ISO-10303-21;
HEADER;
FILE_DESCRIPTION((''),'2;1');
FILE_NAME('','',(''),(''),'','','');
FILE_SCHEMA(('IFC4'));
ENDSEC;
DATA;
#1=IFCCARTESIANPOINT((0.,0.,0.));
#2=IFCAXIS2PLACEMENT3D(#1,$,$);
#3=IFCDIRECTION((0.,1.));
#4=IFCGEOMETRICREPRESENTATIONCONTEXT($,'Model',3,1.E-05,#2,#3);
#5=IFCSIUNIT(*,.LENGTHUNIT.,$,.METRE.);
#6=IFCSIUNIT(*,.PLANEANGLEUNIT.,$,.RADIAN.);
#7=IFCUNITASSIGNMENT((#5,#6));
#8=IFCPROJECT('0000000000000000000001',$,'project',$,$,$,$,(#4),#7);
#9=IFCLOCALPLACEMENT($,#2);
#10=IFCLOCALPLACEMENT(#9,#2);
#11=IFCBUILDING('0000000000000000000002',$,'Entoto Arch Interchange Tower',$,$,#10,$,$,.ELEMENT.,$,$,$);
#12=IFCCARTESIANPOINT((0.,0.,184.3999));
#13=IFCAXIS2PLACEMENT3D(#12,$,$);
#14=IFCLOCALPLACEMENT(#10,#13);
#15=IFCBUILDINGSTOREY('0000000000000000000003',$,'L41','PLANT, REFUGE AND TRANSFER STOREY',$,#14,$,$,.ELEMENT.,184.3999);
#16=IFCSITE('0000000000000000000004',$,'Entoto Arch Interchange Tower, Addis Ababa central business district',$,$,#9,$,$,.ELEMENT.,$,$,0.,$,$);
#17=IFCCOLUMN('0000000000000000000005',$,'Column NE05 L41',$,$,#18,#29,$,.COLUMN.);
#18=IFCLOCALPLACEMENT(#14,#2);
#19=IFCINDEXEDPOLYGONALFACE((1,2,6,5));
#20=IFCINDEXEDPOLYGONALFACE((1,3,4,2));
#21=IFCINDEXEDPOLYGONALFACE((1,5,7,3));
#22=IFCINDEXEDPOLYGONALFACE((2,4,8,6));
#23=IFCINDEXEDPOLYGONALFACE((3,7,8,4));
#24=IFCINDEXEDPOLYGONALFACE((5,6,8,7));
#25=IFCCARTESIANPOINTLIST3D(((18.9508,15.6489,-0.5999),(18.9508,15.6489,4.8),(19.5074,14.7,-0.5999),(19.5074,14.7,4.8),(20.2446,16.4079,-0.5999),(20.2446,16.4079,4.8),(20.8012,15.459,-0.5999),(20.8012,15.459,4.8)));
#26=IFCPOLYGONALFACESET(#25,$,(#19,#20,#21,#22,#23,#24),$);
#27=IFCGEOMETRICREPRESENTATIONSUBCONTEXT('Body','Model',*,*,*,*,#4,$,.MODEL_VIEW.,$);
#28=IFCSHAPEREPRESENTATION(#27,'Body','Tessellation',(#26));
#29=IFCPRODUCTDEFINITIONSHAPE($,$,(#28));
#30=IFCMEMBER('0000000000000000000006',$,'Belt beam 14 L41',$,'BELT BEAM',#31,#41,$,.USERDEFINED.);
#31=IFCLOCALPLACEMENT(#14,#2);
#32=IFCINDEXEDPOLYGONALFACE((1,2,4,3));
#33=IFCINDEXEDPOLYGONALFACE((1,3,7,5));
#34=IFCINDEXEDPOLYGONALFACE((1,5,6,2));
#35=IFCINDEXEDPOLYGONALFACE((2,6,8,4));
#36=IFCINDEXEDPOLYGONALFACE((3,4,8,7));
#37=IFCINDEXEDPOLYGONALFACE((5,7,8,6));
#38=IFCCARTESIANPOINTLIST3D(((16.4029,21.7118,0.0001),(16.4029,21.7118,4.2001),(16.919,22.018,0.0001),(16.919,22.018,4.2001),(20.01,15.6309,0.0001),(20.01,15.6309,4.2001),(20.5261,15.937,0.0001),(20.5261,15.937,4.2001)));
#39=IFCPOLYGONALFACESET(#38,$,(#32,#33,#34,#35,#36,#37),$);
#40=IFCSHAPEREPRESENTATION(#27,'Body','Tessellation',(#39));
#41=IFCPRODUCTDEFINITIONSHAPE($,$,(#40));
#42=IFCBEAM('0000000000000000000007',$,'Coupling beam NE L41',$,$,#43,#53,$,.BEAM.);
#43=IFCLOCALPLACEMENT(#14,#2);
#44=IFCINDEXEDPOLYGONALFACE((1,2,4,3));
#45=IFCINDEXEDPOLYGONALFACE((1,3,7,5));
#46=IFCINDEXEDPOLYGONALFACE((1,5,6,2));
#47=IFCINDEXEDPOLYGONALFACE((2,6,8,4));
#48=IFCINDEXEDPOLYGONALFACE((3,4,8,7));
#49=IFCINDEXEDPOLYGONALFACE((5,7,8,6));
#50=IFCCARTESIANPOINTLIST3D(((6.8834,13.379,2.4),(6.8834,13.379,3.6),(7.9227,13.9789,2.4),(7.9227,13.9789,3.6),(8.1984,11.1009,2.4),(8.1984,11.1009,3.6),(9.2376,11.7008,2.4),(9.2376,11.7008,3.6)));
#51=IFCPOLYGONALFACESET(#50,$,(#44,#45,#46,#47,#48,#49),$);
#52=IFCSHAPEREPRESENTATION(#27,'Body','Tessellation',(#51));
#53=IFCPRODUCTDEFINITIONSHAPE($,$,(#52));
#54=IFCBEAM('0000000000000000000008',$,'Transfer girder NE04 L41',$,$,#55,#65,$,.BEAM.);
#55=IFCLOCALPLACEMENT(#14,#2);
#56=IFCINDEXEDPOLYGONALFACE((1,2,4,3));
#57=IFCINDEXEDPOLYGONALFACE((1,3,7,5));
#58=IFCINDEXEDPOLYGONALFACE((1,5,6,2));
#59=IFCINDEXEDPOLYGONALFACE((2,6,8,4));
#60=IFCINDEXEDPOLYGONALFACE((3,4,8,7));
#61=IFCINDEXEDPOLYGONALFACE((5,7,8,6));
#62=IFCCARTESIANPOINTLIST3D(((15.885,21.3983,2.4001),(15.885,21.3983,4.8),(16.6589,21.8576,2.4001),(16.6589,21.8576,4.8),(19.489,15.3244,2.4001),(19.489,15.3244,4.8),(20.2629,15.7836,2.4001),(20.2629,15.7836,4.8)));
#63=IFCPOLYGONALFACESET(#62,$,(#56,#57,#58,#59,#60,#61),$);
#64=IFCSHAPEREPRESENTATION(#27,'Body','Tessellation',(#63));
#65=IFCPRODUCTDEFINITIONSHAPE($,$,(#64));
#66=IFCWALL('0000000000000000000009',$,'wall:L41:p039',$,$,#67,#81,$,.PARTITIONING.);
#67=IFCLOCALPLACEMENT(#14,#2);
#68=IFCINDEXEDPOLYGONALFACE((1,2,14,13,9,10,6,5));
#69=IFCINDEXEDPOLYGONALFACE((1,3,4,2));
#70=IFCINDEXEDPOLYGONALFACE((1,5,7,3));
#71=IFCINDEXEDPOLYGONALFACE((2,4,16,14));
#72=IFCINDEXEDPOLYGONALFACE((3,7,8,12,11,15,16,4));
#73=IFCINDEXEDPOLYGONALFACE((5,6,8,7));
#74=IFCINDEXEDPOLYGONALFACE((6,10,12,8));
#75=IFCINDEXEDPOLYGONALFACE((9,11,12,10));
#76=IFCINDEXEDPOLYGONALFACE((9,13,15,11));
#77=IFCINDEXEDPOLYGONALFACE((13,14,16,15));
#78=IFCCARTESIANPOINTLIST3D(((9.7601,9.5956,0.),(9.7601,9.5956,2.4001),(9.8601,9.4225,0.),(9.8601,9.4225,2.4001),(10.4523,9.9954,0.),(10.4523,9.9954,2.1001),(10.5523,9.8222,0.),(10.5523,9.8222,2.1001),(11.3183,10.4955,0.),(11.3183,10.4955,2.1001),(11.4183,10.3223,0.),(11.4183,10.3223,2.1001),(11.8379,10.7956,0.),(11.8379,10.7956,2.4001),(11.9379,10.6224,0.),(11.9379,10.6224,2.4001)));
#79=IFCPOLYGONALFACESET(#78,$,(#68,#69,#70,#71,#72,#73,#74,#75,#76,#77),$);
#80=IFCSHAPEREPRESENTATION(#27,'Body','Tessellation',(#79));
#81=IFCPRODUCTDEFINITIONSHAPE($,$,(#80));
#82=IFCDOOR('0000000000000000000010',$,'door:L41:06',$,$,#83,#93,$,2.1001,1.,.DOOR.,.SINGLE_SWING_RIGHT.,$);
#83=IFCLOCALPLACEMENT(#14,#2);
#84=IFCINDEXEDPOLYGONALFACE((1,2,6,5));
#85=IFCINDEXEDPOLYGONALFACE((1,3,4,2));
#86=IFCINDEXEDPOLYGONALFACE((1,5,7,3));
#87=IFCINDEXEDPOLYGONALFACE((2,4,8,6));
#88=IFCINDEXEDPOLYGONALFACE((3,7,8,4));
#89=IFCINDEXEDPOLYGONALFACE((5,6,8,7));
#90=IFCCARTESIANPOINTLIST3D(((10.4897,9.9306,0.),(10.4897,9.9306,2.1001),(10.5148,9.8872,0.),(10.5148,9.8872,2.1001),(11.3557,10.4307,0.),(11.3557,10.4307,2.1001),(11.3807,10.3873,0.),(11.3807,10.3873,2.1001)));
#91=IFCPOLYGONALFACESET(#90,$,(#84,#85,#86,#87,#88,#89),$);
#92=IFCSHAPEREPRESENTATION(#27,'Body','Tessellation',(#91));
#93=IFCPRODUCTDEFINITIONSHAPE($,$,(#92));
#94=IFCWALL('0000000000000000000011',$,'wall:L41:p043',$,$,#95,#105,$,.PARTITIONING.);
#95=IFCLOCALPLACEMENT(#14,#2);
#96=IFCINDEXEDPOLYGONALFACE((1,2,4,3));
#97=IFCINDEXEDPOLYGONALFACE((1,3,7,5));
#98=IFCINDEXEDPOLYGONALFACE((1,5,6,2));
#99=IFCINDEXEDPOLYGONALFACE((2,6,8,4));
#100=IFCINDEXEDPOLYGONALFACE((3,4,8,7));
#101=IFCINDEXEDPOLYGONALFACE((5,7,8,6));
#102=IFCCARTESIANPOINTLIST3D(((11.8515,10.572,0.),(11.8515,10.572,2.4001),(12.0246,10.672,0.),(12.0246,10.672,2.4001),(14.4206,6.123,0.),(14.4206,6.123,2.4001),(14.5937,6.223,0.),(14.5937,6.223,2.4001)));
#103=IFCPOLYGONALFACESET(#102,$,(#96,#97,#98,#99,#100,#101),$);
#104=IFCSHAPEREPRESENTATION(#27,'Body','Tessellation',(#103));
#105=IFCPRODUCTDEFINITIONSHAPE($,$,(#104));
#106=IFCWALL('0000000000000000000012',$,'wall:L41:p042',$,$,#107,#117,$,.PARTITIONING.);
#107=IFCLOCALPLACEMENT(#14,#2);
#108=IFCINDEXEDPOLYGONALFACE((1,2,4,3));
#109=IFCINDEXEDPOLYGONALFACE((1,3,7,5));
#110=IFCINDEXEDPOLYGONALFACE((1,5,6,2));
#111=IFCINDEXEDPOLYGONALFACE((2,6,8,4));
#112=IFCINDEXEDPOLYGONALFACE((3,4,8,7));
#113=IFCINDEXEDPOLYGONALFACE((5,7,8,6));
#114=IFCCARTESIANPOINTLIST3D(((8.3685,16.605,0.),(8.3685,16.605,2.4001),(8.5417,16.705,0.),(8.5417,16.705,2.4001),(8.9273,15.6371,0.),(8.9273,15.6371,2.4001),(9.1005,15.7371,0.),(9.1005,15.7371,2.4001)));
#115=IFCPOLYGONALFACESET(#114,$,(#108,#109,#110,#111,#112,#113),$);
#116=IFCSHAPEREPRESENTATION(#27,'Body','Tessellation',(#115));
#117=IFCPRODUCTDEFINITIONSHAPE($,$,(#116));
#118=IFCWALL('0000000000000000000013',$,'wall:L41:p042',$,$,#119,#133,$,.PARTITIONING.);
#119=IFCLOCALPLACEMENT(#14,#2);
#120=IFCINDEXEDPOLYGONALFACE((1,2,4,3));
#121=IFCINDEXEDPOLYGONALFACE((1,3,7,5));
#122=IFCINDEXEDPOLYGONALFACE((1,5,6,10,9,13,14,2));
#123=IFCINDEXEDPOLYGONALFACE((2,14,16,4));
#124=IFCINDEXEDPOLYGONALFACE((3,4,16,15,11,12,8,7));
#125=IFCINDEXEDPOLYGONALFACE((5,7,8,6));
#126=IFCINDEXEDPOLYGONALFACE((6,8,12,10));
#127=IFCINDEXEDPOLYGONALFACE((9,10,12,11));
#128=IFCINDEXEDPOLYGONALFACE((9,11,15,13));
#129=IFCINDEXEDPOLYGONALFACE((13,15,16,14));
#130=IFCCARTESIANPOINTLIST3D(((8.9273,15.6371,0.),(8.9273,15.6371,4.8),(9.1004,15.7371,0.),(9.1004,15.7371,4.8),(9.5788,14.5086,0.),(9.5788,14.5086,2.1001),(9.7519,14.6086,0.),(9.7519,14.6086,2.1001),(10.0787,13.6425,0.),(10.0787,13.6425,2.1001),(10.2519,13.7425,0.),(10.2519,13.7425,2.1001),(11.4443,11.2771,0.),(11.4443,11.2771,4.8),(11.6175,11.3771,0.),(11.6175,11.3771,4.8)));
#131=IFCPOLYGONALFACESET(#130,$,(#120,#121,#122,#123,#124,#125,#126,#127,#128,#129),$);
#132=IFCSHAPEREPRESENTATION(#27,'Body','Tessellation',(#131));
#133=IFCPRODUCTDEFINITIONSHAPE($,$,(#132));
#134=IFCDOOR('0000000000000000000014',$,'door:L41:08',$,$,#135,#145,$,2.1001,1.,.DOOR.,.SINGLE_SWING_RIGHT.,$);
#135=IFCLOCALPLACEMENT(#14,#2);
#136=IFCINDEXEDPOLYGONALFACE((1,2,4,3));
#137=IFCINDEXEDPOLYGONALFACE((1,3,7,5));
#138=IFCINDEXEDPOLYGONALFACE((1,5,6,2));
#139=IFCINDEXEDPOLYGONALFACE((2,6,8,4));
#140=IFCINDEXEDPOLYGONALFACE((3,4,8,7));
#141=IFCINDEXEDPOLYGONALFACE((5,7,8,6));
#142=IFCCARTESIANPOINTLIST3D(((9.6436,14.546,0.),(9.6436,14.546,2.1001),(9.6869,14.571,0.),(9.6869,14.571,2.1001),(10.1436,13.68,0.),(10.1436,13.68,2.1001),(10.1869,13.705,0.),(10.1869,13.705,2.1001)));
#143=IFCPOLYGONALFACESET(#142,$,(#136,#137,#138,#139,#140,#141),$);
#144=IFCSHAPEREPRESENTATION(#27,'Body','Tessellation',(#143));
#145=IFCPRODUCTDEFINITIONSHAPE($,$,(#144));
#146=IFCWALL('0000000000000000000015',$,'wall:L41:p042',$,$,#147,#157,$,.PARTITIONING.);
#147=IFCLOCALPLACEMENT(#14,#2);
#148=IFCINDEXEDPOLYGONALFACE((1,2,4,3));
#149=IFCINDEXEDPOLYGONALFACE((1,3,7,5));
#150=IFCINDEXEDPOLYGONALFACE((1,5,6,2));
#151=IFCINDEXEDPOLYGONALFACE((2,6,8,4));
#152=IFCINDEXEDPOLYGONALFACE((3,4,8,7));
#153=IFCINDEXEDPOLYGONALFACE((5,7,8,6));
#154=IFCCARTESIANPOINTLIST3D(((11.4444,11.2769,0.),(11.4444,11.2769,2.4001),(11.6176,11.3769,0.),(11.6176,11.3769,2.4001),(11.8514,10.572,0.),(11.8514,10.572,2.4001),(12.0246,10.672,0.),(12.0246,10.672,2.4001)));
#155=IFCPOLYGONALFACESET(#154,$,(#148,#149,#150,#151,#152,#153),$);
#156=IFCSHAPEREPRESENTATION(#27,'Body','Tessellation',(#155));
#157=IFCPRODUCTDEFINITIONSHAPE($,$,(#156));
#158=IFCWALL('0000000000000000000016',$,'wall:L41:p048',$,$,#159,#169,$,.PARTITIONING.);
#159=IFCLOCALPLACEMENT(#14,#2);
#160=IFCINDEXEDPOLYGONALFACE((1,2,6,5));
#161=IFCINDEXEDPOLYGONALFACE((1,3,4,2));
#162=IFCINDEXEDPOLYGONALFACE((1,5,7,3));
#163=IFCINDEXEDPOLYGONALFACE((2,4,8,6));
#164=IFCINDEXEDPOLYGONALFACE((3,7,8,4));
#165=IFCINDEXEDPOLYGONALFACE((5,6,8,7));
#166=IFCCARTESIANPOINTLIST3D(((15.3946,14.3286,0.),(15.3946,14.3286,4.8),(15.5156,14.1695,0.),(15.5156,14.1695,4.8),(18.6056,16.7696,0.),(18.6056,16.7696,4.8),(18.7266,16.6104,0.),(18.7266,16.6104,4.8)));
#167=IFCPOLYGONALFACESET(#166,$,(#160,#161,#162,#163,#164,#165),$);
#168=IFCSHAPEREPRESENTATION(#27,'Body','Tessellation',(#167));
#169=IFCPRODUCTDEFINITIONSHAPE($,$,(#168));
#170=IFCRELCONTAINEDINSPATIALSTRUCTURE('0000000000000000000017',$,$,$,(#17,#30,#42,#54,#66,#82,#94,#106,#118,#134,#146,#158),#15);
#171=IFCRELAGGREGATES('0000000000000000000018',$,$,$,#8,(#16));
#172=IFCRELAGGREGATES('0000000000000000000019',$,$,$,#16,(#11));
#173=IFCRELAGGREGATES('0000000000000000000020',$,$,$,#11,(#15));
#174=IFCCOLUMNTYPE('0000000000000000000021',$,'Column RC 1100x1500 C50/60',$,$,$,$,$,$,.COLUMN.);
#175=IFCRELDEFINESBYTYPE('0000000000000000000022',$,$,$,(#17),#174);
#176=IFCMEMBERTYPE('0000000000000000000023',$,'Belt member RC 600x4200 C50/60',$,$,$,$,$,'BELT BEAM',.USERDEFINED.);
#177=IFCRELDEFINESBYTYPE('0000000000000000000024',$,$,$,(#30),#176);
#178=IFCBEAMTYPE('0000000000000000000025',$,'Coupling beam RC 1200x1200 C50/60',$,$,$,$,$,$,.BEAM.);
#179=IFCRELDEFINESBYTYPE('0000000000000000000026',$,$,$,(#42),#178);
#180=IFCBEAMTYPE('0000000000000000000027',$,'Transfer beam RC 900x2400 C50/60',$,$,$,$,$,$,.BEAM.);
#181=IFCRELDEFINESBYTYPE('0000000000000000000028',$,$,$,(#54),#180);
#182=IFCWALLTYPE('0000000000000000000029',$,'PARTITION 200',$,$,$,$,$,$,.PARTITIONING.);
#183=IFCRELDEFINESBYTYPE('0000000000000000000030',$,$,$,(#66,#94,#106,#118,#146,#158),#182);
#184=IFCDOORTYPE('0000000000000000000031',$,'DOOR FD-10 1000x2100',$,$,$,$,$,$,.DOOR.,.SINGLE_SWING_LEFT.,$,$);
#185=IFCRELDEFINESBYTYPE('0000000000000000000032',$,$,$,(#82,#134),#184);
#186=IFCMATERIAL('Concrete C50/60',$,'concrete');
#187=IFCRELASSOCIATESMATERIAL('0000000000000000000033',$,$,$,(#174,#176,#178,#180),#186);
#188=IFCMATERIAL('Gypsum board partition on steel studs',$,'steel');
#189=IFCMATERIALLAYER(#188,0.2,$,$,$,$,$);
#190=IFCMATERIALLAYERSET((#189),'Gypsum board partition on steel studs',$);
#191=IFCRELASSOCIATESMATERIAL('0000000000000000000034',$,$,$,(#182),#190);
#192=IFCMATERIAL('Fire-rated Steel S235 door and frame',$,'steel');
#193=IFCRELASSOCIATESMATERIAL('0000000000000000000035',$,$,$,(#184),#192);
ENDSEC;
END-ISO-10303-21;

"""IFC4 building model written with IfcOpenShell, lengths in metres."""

from ifc_helpers import new_model, si_unit, direction, frame, frame_2d, origin, origin_2d, place, context, subcontext, project, spatial, rectangle, extrude, material, layer, layer_set, material_profile, profile_set, type_object, element, fill, save


model = new_model("IFC4")

# Units and contexts
model_context = context("Model", 3, precision=1e-05, world=origin(), true_north=direction((0.0, 1.0)))
body_context = subcontext(model_context, "Body", "Model", "MODEL_VIEW")
ifc_project = project(units=[si_unit("LENGTHUNIT", "METRE"), si_unit("PLANEANGLEUNIT", "RADIAN")], contexts=[model_context])

# Site, building, storey
site_placement = place(None, origin())
site = spatial("IfcSite", under=ifc_project, at=site_placement, Name="Entoto Arch Interchange Tower, Addis Ababa central business district", CompositionType="ELEMENT", RefElevation=0.0)
building_placement = place(site_placement, origin())
building = spatial("IfcBuilding", under=site, at=building_placement, Name="Entoto Arch Interchange Tower", CompositionType="ELEMENT")
storey_placement = place(building_placement, frame((0.0, 0.0, 184.3999)))
storey = spatial("IfcBuildingStorey", under=building, at=storey_placement, Name="L41", Description="PLANT, REFUGE AND TRANSFER STOREY", CompositionType="ELEMENT", Elevation=184.3999)

# Column
ifc_material_1 = material(Name="Concrete C50/60", Category="concrete")
ifc_material_profile_1 = material_profile(ifc_material_1, rectangle(XDim=1.1001, YDim=1.5, at=origin_2d()))
ifc_profile_set_1 = profile_set([ifc_material_profile_1], Name="Concrete C50/60")
column_type = type_object("IfcColumnType", Name="Column RC 1100x1500 C50/60", PredefinedType="COLUMN", material=ifc_profile_set_1)
column_placement = place(storey_placement, frame((19.876, 15.554, -0.5999), z_axis=(0.0, 0.0, 1.0), x_axis=(-0.505958, 0.862558, 0.0)))
element("IfcColumn", 1, at=column_placement, inside=storey, type_object=column_type, Name="Column NE05 L41", PredefinedType="COLUMN", context=body_context, shape_type="SweptSolid", body=[
    extrude(rectangle(XDim=1.1001, YDim=1.5, at=origin_2d()), origin(), (0.0, 0.0, 1.0), 5.3999),
])

# Member
ifc_material_profile_2 = material_profile(ifc_material_1, rectangle(XDim=0.6001, YDim=4.2, at=origin_2d()))
ifc_profile_set_2 = profile_set([ifc_material_profile_2], Name="Concrete C50/60")
member_type = type_object("IfcMemberType", Name="Belt member RC 600x4200 C50/60", ElementType="BELT BEAM", PredefinedType="USERDEFINED", material=ifc_profile_set_2)
member_placement = place(storey_placement, frame((20.2681, 15.7839, 2.1001), z_axis=(-0.510178, 0.860069, 0.0), x_axis=(-0.860069, -0.510178, 0.0)))
element("IfcMember", 2, at=member_placement, inside=storey, type_object=member_type, Name="Belt beam 14 L41", ObjectType="BELT BEAM", PredefinedType="USERDEFINED", context=body_context, shape_type="SweptSolid", body=[
    extrude(rectangle(XDim=0.6001, YDim=4.2, at=origin_2d()), origin(), (0.0, 0.0, 1.0), 7.0703),
])

# Beams
ifc_material_profile_3 = material_profile(ifc_material_1, rectangle(XDim=1.2, YDim=1.2, at=origin_2d()))
ifc_profile_set_3 = profile_set([ifc_material_profile_3], Name="Concrete C50/60")
beam_type_1 = type_object("IfcBeamType", Name="Coupling beam RC 1200x1200 C50/60", PredefinedType="BEAM", material=ifc_profile_set_3)
beam_1_placement = place(storey_placement, frame((8.718, 11.4009, 3.0), z_axis=(-0.499913, 0.866076, 0.0), x_axis=(-0.866076, -0.499913, 0.0)))
element("IfcBeam", 3, at=beam_1_placement, inside=storey, type_object=beam_type_1, Name="Coupling beam NE L41", PredefinedType="BEAM", context=body_context, shape_type="SweptSolid", body=[
    extrude(rectangle(XDim=1.2, YDim=1.2, at=origin_2d()), origin(), (0.0, 0.0, 1.0), 2.6304),
])
ifc_material_profile_4 = material_profile(ifc_material_1, rectangle(XDim=0.8999, YDim=2.3999, at=origin_2d()))
ifc_profile_set_4 = profile_set([ifc_material_profile_4], Name="Concrete C50/60")
beam_type_2 = type_object("IfcBeamType", Name="Transfer beam RC 900x2400 C50/60", PredefinedType="BEAM", material=ifc_profile_set_4)
beam_2_placement = place(storey_placement, frame((19.876, 15.554, 3.6001), z_axis=(-0.510286, 0.860005, 0.0), x_axis=(-0.860005, -0.510286, 0.0)))
element("IfcBeam", 4, at=beam_2_placement, inside=storey, type_object=beam_type_2, Name="Transfer girder NE04 L41", PredefinedType="BEAM", context=body_context, shape_type="SweptSolid", body=[
    extrude(rectangle(XDim=0.8999, YDim=2.3999, at=origin_2d()), origin(), (0.0, 0.0, 1.0), 7.0627),
])

# Wall, opening, door
ifc_material_2 = material(Name="Gypsum board partition on steel studs", Category="steel")
ifc_layer_1 = layer(ifc_material_2, 0.2)
ifc_layer_set_1 = layer_set([ifc_layer_1], Name="Gypsum board partition on steel studs")
wall_type_1 = type_object("IfcWallType", Name="PARTITION 200", PredefinedType="PARTITIONING", material=ifc_layer_set_1)
wall_1_placement = place(storey_placement, frame((11.8879, 10.709, 0.0), z_axis=(0.0, 0.0, 1.0), x_axis=(-0.865974, -0.500089, 0.0)))
wall_1 = element("IfcWall", 5, at=wall_1_placement, inside=storey, type_object=wall_type_1, Name="wall:L41:p039", PredefinedType="PARTITIONING", context=body_context, shape_type="SweptSolid", body=[
    extrude(rectangle(XDim=2.3994, YDim=0.2, at=frame_2d((1.1997, 0.0))), origin(), (0.0, 0.0, 1.0), 2.4001),
])
opening_1_placement = place(wall_1_placement, frame((0.6001, 0.0, 0.0)))
opening_1 = element("IfcOpeningElement", 6, at=opening_1_placement, cuts=wall_1, PredefinedType="OPENING", context=body_context, shape_type="SweptSolid", body=[
    extrude(rectangle(XDim=1.0, YDim=2.1001, at=frame_2d((0.5, 1.05))), frame((0.0, 0.1099, 0.0), z_axis=(0.0, -1.0, 0.0), x_axis=(1.0, 0.0, 0.0)), (0.0, 0.0, 1.0), 0.22),
])
ifc_material_3 = material(Name="Fire-rated Steel S235 door and frame", Category="steel")
door_type = type_object("IfcDoorType", Name="DOOR FD-10 1000x2100", OperationType="SINGLE_SWING_LEFT", PredefinedType="DOOR", material=ifc_material_3)
door_1_placement = place(opening_1_placement, origin())
door_1 = element("IfcDoor", 7, at=door_1_placement, inside=storey, type_object=door_type, Name="door:L41:06", OperationType="SINGLE_SWING_RIGHT", OverallHeight=2.1001, OverallWidth=1.0, PredefinedType="DOOR", context=body_context, shape_type="SweptSolid", body=[
    extrude(rectangle(XDim=1.0, YDim=2.1001, at=frame_2d((0.5, 1.05))), frame((0.0, 0.0249, 0.0), z_axis=(0.0, -1.0, 0.0), x_axis=(1.0, 0.0, 0.0)), (0.0, 0.0, 1.0), 0.05),
])
fill(opening_1, door_1)

# Walls
wall_2_placement = place(storey_placement, frame((11.938, 10.6221, 0.0), z_axis=(0.0, 0.0, 1.0), x_axis=(0.500069, -0.865985, 0.0)))
element("IfcWall", 8, at=wall_2_placement, inside=storey, type_object=wall_type_1, Name="wall:L41:p043", PredefinedType="PARTITIONING", context=body_context, shape_type="SweptSolid", body=[
    extrude(rectangle(XDim=5.1375, YDim=0.2, at=frame_2d((2.5688, 0.0))), origin(), (0.0, 0.0, 1.0), 2.4001),
])
wall_3_placement = place(storey_placement, frame((8.4551, 16.655, 0.0), z_axis=(0.0, 0.0, 1.0), x_axis=(0.499968, -0.866044, 0.0)))
element("IfcWall", 9, at=wall_3_placement, inside=storey, type_object=wall_type_1, Name="wall:L41:p042", PredefinedType="PARTITIONING", context=body_context, shape_type="SweptSolid", body=[
    extrude(rectangle(XDim=1.1177, YDim=0.2, at=frame_2d((0.5588, 0.0))), origin(), (0.0, 0.0, 1.0), 2.4001),
])

# Wall, opening, door
wall_4_placement = place(storey_placement, frame((9.0139, 15.687, 0.0), z_axis=(0.0, 0.0, 1.0), x_axis=(0.499967, -0.866044, 0.0)))
wall_4 = element("IfcWall", 10, at=wall_4_placement, inside=storey, type_object=wall_type_1, Name="wall:L41:p042", PredefinedType="PARTITIONING", context=body_context, shape_type="SweptSolid", body=[
    extrude(rectangle(XDim=5.0344, YDim=0.2, at=frame_2d((2.5171, 0.0))), origin(), (0.0, 0.0, 1.0), 4.8),
])
opening_2_placement = place(wall_4_placement, frame((1.303, 0.0, 0.0)))
opening_2 = element("IfcOpeningElement", 11, at=opening_2_placement, cuts=wall_4, PredefinedType="OPENING", context=body_context, shape_type="SweptSolid", body=[
    extrude(rectangle(XDim=1.0, YDim=2.1001, at=frame_2d((0.5, 1.05))), frame((0.0, 0.1099, 0.0), z_axis=(0.0, -1.0, 0.0), x_axis=(1.0, 0.0, 0.0)), (0.0, 0.0, 1.0), 0.22),
])
door_2_placement = place(opening_2_placement, origin())
door_2 = element("IfcDoor", 12, at=door_2_placement, inside=storey, type_object=door_type, Name="door:L41:08", OperationType="SINGLE_SWING_RIGHT", OverallHeight=2.1001, OverallWidth=1.0, PredefinedType="DOOR", context=body_context, shape_type="SweptSolid", body=[
    extrude(rectangle(XDim=1.0, YDim=2.1001, at=frame_2d((0.5, 1.05))), frame((0.0, 0.0249, 0.0), z_axis=(0.0, -1.0, 0.0), x_axis=(1.0, 0.0, 0.0)), (0.0, 0.0, 1.0), 0.05),
])
fill(opening_2, door_2)

# Walls
wall_5_placement = place(storey_placement, frame((11.531, 11.3269, 0.0), z_axis=(0.0, 0.0, 1.0), x_axis=(0.500043, -0.866001, 0.0)))
element("IfcWall", 13, at=wall_5_placement, inside=storey, type_object=wall_type_1, Name="wall:L41:p042", PredefinedType="PARTITIONING", context=body_context, shape_type="SweptSolid", body=[
    extrude(rectangle(XDim=0.814, YDim=0.2, at=frame_2d((0.407, 0.0))), origin(), (0.0, 0.0, 1.0), 2.4001),
])
wall_6_placement = place(storey_placement, frame((18.666, 16.6899, 0.0), z_axis=(0.0, 0.0, 1.0), x_axis=(-0.79609, -0.605178, 0.0)))
element("IfcWall", 14, at=wall_6_placement, inside=storey, type_object=wall_type_1, Name="wall:L41:p048", PredefinedType="PARTITIONING", context=body_context, shape_type="SweptSolid", body=[
    extrude(rectangle(XDim=4.0334, YDim=0.2, at=frame_2d((2.0166, 0.0))), origin(), (0.0, 0.0, 1.0), 4.8),
])

save(model, "model.ifc")
